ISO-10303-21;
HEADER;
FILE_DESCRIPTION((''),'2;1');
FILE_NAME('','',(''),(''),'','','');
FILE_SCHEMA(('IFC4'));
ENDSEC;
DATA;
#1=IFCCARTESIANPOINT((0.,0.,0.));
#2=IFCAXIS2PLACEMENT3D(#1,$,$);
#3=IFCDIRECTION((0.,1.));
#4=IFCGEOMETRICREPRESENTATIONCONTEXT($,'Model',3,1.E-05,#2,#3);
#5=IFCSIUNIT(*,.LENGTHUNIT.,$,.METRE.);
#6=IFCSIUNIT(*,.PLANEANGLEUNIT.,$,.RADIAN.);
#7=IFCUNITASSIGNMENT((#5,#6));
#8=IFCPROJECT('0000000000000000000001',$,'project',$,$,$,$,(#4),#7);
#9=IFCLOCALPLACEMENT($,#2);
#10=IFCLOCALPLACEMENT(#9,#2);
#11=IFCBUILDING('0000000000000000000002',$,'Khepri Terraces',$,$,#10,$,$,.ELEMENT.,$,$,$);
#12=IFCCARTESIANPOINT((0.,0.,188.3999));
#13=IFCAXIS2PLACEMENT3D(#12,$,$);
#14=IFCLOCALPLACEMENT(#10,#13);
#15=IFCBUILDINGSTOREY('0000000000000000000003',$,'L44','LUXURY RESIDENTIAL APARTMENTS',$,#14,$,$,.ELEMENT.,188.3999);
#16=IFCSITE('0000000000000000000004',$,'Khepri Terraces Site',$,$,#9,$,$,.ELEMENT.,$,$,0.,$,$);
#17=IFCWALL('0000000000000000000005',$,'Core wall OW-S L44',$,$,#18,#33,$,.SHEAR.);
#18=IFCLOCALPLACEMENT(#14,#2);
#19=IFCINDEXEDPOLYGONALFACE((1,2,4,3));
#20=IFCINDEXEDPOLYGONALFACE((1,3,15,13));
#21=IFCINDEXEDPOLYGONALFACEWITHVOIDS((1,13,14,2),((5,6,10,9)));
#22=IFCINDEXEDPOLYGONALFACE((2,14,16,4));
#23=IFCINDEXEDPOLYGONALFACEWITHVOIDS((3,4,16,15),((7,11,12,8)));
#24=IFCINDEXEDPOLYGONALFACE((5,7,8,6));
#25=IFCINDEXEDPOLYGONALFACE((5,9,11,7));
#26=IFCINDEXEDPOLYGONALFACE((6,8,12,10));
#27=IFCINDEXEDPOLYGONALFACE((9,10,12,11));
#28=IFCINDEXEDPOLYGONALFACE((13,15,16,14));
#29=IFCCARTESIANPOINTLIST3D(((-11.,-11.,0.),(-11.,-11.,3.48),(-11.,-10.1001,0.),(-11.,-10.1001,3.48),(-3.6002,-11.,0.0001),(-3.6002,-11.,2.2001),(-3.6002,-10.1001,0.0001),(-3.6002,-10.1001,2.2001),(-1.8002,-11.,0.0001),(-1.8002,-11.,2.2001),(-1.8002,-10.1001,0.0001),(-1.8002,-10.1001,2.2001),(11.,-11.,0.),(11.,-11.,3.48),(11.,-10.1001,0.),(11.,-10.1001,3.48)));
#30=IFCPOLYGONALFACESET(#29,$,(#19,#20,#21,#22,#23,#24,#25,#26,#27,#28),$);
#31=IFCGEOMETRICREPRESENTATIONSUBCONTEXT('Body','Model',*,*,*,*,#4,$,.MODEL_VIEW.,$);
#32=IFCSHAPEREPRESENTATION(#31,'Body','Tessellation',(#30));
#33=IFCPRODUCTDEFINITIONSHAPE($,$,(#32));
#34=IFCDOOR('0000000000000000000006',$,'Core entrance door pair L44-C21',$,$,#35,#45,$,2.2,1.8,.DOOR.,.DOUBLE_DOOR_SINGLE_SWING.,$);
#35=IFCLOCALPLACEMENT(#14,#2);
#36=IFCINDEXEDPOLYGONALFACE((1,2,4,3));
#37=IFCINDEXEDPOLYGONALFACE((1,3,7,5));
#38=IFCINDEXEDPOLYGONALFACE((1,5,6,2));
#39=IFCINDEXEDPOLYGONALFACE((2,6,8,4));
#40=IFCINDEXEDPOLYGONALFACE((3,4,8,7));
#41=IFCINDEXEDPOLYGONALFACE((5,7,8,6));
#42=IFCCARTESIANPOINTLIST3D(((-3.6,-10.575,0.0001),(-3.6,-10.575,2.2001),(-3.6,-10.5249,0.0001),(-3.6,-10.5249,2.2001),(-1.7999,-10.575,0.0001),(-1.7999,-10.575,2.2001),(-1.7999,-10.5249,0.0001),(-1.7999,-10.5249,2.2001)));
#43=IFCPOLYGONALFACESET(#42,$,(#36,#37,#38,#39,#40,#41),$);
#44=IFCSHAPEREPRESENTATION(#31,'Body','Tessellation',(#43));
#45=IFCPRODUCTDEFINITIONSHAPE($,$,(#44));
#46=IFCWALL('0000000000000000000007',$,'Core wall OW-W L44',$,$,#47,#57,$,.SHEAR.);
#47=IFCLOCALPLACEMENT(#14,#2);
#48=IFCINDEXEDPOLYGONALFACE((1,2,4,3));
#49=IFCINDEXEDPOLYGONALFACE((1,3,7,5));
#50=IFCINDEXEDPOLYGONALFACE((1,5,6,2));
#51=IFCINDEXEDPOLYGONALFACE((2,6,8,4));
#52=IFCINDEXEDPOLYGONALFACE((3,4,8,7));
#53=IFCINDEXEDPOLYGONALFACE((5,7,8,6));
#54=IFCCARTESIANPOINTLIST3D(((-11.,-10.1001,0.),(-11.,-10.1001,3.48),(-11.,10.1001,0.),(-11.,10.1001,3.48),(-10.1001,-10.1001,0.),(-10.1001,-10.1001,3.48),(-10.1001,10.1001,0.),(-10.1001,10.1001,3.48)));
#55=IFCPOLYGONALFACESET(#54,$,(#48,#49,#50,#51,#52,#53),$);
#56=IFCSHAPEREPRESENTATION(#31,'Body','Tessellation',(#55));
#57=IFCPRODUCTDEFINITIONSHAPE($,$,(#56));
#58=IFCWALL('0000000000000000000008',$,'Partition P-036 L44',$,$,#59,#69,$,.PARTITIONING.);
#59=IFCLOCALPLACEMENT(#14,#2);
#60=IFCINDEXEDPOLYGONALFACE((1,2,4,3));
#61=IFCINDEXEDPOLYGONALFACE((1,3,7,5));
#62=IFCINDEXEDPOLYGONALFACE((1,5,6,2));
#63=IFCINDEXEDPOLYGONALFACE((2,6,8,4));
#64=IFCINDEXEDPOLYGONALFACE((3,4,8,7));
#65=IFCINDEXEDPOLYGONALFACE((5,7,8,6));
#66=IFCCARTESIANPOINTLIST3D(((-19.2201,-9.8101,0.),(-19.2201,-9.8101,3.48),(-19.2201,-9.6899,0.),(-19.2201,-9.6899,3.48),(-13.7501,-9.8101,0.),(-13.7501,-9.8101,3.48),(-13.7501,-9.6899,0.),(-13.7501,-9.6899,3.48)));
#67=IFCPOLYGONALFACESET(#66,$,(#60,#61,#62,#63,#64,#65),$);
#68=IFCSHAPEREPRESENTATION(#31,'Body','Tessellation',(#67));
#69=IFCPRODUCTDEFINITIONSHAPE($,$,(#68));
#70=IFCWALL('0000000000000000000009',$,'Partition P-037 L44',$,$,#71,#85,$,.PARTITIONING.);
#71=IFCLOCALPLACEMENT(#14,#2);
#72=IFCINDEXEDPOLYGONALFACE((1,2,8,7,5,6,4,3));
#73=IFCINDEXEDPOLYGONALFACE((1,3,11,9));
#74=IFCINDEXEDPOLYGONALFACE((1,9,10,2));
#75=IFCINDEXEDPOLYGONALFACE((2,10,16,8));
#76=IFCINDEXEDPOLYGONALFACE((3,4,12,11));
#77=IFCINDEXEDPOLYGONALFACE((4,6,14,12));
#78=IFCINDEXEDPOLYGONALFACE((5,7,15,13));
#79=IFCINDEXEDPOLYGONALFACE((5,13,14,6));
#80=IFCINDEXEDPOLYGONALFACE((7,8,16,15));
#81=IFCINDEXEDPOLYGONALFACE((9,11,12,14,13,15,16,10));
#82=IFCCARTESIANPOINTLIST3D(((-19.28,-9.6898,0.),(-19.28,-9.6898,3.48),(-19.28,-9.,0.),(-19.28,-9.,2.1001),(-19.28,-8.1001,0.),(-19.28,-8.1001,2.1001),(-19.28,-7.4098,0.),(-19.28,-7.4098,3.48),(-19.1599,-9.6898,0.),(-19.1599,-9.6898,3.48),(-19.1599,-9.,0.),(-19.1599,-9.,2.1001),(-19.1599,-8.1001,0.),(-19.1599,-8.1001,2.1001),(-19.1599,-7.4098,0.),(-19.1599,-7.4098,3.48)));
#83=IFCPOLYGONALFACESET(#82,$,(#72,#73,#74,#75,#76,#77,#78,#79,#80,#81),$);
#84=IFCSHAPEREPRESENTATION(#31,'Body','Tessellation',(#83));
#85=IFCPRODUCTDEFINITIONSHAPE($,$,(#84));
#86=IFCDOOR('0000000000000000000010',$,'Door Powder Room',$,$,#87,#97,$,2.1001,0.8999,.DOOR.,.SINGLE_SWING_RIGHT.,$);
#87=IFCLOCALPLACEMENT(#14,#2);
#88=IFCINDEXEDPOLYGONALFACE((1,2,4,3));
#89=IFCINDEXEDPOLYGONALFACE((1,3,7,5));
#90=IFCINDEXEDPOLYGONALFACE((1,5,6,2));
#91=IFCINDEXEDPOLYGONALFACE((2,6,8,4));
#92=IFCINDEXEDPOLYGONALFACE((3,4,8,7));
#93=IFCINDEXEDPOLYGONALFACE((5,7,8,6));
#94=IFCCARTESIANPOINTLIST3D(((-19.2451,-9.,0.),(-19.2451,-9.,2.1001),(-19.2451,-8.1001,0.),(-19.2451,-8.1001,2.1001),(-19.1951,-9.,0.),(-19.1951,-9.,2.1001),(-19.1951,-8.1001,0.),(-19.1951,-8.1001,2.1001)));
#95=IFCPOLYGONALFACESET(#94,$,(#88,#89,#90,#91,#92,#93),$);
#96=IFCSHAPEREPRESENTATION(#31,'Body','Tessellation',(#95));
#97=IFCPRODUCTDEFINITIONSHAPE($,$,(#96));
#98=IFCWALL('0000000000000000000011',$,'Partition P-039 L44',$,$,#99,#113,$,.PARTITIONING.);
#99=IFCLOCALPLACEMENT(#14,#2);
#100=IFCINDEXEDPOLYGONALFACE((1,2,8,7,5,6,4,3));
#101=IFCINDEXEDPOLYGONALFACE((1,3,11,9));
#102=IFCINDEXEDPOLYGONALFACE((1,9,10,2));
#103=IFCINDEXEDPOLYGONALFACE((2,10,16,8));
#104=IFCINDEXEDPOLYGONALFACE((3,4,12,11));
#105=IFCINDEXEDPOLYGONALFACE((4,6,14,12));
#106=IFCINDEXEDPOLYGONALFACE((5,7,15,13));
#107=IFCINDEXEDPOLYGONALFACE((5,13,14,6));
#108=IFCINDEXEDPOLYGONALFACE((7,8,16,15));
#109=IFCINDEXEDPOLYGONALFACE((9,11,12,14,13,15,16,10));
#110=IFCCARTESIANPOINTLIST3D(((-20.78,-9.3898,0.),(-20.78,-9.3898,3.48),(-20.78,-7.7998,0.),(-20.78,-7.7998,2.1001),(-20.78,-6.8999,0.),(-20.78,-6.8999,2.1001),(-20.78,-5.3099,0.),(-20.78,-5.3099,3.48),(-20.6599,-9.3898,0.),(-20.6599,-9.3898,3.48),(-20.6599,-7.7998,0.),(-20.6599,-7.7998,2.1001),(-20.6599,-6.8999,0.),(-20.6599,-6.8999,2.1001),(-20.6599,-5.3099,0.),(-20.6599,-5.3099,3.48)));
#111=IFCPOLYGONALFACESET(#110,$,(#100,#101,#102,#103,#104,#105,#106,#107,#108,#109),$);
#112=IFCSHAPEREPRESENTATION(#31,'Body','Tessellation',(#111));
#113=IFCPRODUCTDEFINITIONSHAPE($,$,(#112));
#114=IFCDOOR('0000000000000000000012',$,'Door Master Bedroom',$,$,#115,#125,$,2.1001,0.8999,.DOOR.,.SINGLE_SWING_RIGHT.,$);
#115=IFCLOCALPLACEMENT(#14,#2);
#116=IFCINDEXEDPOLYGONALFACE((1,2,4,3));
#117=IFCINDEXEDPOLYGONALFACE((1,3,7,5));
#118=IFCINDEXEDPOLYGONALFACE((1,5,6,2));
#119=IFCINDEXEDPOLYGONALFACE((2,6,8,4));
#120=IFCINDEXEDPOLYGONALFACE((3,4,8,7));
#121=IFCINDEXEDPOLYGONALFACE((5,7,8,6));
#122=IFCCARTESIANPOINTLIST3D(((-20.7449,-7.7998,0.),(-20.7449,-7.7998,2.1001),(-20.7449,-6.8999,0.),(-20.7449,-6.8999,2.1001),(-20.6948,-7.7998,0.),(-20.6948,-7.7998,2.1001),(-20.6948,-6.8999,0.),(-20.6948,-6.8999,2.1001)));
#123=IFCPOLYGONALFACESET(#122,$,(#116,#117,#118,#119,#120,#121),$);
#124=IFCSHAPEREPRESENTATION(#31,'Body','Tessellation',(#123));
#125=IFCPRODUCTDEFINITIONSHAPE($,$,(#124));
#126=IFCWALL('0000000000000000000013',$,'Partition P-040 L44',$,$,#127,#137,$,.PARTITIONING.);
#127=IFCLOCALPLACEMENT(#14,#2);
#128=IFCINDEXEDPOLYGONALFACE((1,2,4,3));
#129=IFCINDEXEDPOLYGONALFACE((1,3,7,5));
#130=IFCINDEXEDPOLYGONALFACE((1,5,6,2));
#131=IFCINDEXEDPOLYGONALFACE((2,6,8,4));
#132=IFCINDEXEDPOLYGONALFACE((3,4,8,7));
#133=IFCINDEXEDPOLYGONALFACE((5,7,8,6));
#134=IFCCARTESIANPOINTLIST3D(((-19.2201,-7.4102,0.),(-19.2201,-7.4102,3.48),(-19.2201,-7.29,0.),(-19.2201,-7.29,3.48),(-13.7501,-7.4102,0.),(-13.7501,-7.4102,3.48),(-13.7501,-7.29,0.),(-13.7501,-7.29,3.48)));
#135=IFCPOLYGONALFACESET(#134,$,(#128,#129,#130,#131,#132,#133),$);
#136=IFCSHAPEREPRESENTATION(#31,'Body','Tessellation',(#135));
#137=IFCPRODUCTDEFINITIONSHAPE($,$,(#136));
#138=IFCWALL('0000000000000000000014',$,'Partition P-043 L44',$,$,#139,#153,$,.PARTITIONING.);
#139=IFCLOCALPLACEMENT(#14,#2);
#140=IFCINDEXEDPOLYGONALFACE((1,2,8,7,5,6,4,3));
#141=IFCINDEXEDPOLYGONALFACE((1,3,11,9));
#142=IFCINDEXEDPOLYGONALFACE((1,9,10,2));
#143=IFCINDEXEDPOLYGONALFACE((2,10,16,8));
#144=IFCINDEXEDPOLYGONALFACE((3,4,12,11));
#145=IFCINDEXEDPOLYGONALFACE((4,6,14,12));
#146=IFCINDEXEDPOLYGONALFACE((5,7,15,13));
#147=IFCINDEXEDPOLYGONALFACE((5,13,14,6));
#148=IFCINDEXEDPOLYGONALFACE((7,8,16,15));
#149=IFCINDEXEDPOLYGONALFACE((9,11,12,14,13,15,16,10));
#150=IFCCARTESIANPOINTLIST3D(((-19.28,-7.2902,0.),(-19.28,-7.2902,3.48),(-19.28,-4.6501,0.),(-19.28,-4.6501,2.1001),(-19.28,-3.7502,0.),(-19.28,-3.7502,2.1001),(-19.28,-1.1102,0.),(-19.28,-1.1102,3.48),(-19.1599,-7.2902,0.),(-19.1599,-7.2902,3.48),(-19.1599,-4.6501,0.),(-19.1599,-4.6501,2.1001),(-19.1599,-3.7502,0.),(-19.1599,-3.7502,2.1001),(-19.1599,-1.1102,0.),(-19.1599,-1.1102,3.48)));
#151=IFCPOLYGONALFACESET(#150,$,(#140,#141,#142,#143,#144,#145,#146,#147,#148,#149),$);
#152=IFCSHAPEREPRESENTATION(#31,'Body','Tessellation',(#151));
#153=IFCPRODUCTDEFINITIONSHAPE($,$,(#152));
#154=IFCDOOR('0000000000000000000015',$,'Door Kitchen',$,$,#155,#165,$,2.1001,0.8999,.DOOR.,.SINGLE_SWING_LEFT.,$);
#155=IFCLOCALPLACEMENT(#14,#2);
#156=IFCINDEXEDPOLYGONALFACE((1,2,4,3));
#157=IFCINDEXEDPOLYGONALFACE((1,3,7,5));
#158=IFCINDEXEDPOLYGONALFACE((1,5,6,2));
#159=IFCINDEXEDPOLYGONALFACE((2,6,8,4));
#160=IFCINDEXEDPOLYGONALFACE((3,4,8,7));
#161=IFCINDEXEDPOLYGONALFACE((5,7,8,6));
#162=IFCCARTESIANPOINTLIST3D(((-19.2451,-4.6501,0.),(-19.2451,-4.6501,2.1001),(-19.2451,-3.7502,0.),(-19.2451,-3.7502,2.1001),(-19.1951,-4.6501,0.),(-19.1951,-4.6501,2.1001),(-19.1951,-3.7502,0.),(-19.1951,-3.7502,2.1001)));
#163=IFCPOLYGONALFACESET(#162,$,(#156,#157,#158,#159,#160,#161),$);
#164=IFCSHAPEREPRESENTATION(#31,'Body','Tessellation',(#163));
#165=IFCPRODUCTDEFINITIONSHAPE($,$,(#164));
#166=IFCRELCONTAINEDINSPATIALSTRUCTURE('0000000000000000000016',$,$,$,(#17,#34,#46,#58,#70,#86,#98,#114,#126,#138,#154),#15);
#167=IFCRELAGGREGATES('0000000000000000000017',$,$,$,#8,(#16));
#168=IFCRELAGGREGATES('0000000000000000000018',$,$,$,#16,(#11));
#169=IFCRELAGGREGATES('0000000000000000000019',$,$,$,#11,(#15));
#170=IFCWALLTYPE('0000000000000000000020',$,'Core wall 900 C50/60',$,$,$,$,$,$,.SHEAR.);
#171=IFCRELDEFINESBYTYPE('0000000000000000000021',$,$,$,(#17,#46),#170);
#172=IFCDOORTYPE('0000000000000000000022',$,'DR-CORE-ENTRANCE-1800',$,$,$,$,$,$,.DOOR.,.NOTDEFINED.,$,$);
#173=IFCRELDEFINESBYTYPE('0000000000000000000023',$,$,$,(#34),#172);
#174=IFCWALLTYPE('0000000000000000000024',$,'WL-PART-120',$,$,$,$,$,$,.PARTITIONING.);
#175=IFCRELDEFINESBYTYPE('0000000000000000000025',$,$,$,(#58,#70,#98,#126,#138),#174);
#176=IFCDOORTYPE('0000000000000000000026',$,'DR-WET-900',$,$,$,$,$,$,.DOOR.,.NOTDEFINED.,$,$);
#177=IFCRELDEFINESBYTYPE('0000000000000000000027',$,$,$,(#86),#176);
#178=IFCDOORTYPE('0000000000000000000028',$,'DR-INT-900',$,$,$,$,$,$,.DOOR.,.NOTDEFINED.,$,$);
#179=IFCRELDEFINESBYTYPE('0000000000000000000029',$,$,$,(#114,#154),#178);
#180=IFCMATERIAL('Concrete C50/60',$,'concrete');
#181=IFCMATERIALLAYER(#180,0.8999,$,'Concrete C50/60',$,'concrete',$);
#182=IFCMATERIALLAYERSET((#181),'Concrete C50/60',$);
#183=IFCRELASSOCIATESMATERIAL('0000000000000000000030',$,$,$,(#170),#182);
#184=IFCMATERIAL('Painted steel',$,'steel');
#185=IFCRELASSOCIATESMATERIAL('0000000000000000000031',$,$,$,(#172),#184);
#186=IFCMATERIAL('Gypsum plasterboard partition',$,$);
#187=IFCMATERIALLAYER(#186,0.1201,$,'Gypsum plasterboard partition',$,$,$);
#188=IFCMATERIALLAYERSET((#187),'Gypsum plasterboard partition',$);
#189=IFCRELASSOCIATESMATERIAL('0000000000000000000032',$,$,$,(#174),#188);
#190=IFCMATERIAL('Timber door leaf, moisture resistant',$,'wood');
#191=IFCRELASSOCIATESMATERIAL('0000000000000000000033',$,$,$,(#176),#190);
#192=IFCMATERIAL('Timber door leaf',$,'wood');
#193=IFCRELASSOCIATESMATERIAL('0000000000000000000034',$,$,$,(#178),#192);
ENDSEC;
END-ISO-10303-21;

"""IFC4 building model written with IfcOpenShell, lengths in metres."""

from ifc_helpers import new_model, si_unit, direction, frame, frame_2d, origin, place, context, subcontext, project, spatial, rectangle, extrude, material, layer, layer_set, type_object, element, fill, save


model = new_model("IFC4")

# Units and contexts
model_context = context("Model", 3, precision=1e-05, world=origin(), true_north=direction((0.0, 1.0)))
body_context = subcontext(model_context, "Body", "Model", "MODEL_VIEW")
ifc_project = project(units=[si_unit("LENGTHUNIT", "METRE"), si_unit("PLANEANGLEUNIT", "RADIAN")], contexts=[model_context])

# Site, building, storey
site_placement = place(None, origin())
site = spatial("IfcSite", under=ifc_project, at=site_placement, Name="Khepri Terraces Site", CompositionType="ELEMENT", RefElevation=0.0)
building_placement = place(site_placement, origin())
building = spatial("IfcBuilding", under=site, at=building_placement, Name="Khepri Terraces", CompositionType="ELEMENT")
storey_placement = place(building_placement, frame((0.0, 0.0, 188.3999)))
storey = spatial("IfcBuildingStorey", under=building, at=storey_placement, Name="L44", Description="LUXURY RESIDENTIAL APARTMENTS", CompositionType="ELEMENT", Elevation=188.3999)

# Wall, opening, door
ifc_material_1 = material(Name="Concrete C50/60", Category="concrete")
ifc_layer_1 = layer(ifc_material_1, 0.8999, Name="Concrete C50/60", Category="concrete")
ifc_layer_set_1 = layer_set([ifc_layer_1], Name="Concrete C50/60")
wall_type_1 = type_object("IfcWallType", Name="Core wall 900 C50/60", PredefinedType="SHEAR", material=ifc_layer_set_1)
wall_1_placement = place(storey_placement, frame((-11.0, -10.55, 0.0), z_axis=(0.0, 0.0, 1.0), x_axis=(1.0, 0.0, 0.0)))
wall_1 = element("IfcWall", 1, at=wall_1_placement, inside=storey, type_object=wall_type_1, Name="Core wall OW-S L44", PredefinedType="SHEAR", context=body_context, shape_type="SweptSolid", body=[
    extrude(rectangle(XDim=22.0, YDim=0.8999, at=frame_2d((11.0, 0.0))), origin(), (0.0, 0.0, 1.0), 3.48),
])
opening_1_placement = place(wall_1_placement, frame((7.3999, 0.0, 0.0)))
opening_1 = element("IfcOpeningElement", 2, at=opening_1_placement, cuts=wall_1, PredefinedType="OPENING", context=body_context, shape_type="SweptSolid", body=[
    extrude(rectangle(XDim=1.8, YDim=2.2, at=frame_2d((0.8999, 1.1001))), frame((0.0, 0.46, 0.0), z_axis=(0.0, -1.0, 0.0), x_axis=(1.0, 0.0, 0.0)), (0.0, 0.0, 1.0), 0.9199),
])
ifc_material_2 = material(Name="Painted steel", Category="steel")
door_type_1 = type_object("IfcDoorType", Name="DR-CORE-ENTRANCE-1800", OperationType="NOTDEFINED", PredefinedType="DOOR", material=ifc_material_2)
door_1_placement = place(opening_1_placement, frame((1.8, 0.0, 0.0), z_axis=(0.0, 0.0, 1.0), x_axis=(-1.0, 0.0, 0.0)))
door_1 = element("IfcDoor", 3, at=door_1_placement, inside=storey, type_object=door_type_1, Name="Core entrance door pair L44-C21", OperationType="DOUBLE_DOOR_SINGLE_SWING", OverallHeight=2.2, OverallWidth=1.8, PredefinedType="DOOR", context=body_context, shape_type="SweptSolid", body=[
    extrude(rectangle(XDim=1.8, YDim=2.2, at=frame_2d((0.8999, 1.1001))), frame((0.0, 0.0249, 0.0), z_axis=(0.0, -1.0, 0.0), x_axis=(1.0, 0.0, 0.0)), (0.0, 0.0, 1.0), 0.05),
])
fill(opening_1, door_1)

# Walls
wall_2_placement = place(storey_placement, frame((-10.55, -10.1001, 0.0), z_axis=(0.0, 0.0, 1.0), x_axis=(0.0, 1.0, 0.0)))
element("IfcWall", 4, at=wall_2_placement, inside=storey, type_object=wall_type_1, Name="Core wall OW-W L44", PredefinedType="SHEAR", context=body_context, shape_type="SweptSolid", body=[
    extrude(rectangle(XDim=20.2002, YDim=0.8999, at=frame_2d((10.1001, 0.0))), origin(), (0.0, 0.0, 1.0), 3.48),
])
ifc_material_3 = material(Name="Gypsum plasterboard partition")
ifc_layer_2 = layer(ifc_material_3, 0.1201, Name="Gypsum plasterboard partition")
ifc_layer_set_2 = layer_set([ifc_layer_2], Name="Gypsum plasterboard partition")
wall_type_2 = type_object("IfcWallType", Name="WL-PART-120", PredefinedType="PARTITIONING", material=ifc_layer_set_2)
wall_3_placement = place(storey_placement, frame((-19.22, -9.75, 0.0), z_axis=(0.0, 0.0, 1.0), x_axis=(1.0, 0.0, 0.0)))
element("IfcWall", 5, at=wall_3_placement, inside=storey, type_object=wall_type_2, Name="Partition P-036 L44", PredefinedType="PARTITIONING", context=body_context, shape_type="SweptSolid", body=[
    extrude(rectangle(XDim=5.47, YDim=0.1201, at=frame_2d((2.7349, 0.0))), origin(), (0.0, 0.0, 1.0), 3.48),
])

# Walls, openings, doors
wall_4_placement = place(storey_placement, frame((-19.22, -9.6899, 0.0), z_axis=(0.0, 0.0, 1.0), x_axis=(0.0, 1.0, 0.0)))
wall_4 = element("IfcWall", 6, at=wall_4_placement, inside=storey, type_object=wall_type_2, Name="Partition P-037 L44", PredefinedType="PARTITIONING", context=body_context, shape_type="SweptSolid", body=[
    extrude(rectangle(XDim=2.28, YDim=0.1201, at=frame_2d((1.1401, 0.0))), origin(), (0.0, 0.0, 1.0), 3.48),
])
opening_2_placement = place(wall_4_placement, frame((0.6899, 0.0, 0.0)))
opening_2 = element("IfcOpeningElement", 7, at=opening_2_placement, cuts=wall_4, PredefinedType="OPENING", context=body_context, shape_type="SweptSolid", body=[
    extrude(rectangle(XDim=0.8999, YDim=2.1001, at=frame_2d((0.45, 1.05))), frame((0.0, 0.0701, 0.0), z_axis=(0.0, -1.0, 0.0), x_axis=(1.0, 0.0, 0.0)), (0.0, 0.0, 1.0), 0.1401),
])
ifc_material_4 = material(Name="Timber door leaf, moisture resistant", Category="wood")
door_type_2 = type_object("IfcDoorType", Name="DR-WET-900", OperationType="NOTDEFINED", PredefinedType="DOOR", material=ifc_material_4)
door_2_placement = place(opening_2_placement, frame((0.8999, 0.0, 0.0), z_axis=(0.0, 0.0, 1.0), x_axis=(-1.0, 0.0, 0.0)))
door_2 = element("IfcDoor", 8, at=door_2_placement, inside=storey, type_object=door_type_2, Name="Door Powder Room", OperationType="SINGLE_SWING_RIGHT", OverallHeight=2.1001, OverallWidth=0.8999, PredefinedType="DOOR", context=body_context, shape_type="SweptSolid", body=[
    extrude(rectangle(XDim=0.8999, YDim=2.1001, at=frame_2d((0.45, 1.05))), frame((0.0, 0.0249, 0.0), z_axis=(0.0, -1.0, 0.0), x_axis=(1.0, 0.0, 0.0)), (0.0, 0.0, 1.0), 0.05),
])
fill(opening_2, door_2)
wall_5_placement = place(storey_placement, frame((-20.72, -9.3899, 0.0), z_axis=(0.0, 0.0, 1.0), x_axis=(0.0, 1.0, 0.0)))
wall_5 = element("IfcWall", 9, at=wall_5_placement, inside=storey, type_object=wall_type_2, Name="Partition P-039 L44", PredefinedType="PARTITIONING", context=body_context, shape_type="SweptSolid", body=[
    extrude(rectangle(XDim=4.0798, YDim=0.1201, at=frame_2d((2.04, 0.0))), origin(), (0.0, 0.0, 1.0), 3.48),
])
opening_3_placement = place(wall_5_placement, frame((1.5901, 0.0, 0.0)))
opening_3 = element("IfcOpeningElement", 10, at=opening_3_placement, cuts=wall_5, PredefinedType="OPENING", context=body_context, shape_type="SweptSolid", body=[
    extrude(rectangle(XDim=0.8999, YDim=2.1001, at=frame_2d((0.45, 1.05))), frame((0.0, 0.0701, 0.0), z_axis=(0.0, -1.0, 0.0), x_axis=(1.0, 0.0, 0.0)), (0.0, 0.0, 1.0), 0.1401),
])
ifc_material_5 = material(Name="Timber door leaf", Category="wood")
door_type_3 = type_object("IfcDoorType", Name="DR-INT-900", OperationType="NOTDEFINED", PredefinedType="DOOR", material=ifc_material_5)
door_3_placement = place(opening_3_placement, origin())
door_3 = element("IfcDoor", 11, at=door_3_placement, inside=storey, type_object=door_type_3, Name="Door Master Bedroom", OperationType="SINGLE_SWING_RIGHT", OverallHeight=2.1001, OverallWidth=0.8999, PredefinedType="DOOR", context=body_context, shape_type="SweptSolid", body=[
    extrude(rectangle(XDim=0.8999, YDim=2.1001, at=frame_2d((0.45, 1.05))), frame((0.0, 0.0249, 0.0), z_axis=(0.0, -1.0, 0.0), x_axis=(1.0, 0.0, 0.0)), (0.0, 0.0, 1.0), 0.05),
])
fill(opening_3, door_3)

# Wall
wall_6_placement = place(storey_placement, frame((-19.22, -7.3501, 0.0), z_axis=(0.0, 0.0, 1.0), x_axis=(1.0, 0.0, 0.0)))
element("IfcWall", 12, at=wall_6_placement, inside=storey, type_object=wall_type_2, Name="Partition P-040 L44", PredefinedType="PARTITIONING", context=body_context, shape_type="SweptSolid", body=[
    extrude(rectangle(XDim=5.47, YDim=0.1201, at=frame_2d((2.7349, 0.0))), origin(), (0.0, 0.0, 1.0), 3.48),
])

# Wall, opening, door
wall_7_placement = place(storey_placement, frame((-19.22, -7.29, 0.0), z_axis=(0.0, 0.0, 1.0), x_axis=(0.0, 1.0, 0.0)))
wall_7 = element("IfcWall", 13, at=wall_7_placement, inside=storey, type_object=wall_type_2, Name="Partition P-043 L44", PredefinedType="PARTITIONING", context=body_context, shape_type="SweptSolid", body=[
    extrude(rectangle(XDim=6.1799, YDim=0.1201, at=frame_2d((3.0898, 0.0))), origin(), (0.0, 0.0, 1.0), 3.48),
])
opening_4_placement = place(wall_7_placement, frame((2.6399, 0.0, 0.0)))
opening_4 = element("IfcOpeningElement", 14, at=opening_4_placement, cuts=wall_7, PredefinedType="OPENING", context=body_context, shape_type="SweptSolid", body=[
    extrude(rectangle(XDim=0.8999, YDim=2.1001, at=frame_2d((0.45, 1.05))), frame((0.0, 0.0701, 0.0), z_axis=(0.0, -1.0, 0.0), x_axis=(1.0, 0.0, 0.0)), (0.0, 0.0, 1.0), 0.1401),
])
door_4_placement = place(opening_4_placement, frame((0.8999, 0.0, 0.0), z_axis=(0.0, 0.0, 1.0), x_axis=(-1.0, 0.0, 0.0)))
door_4 = element("IfcDoor", 15, at=door_4_placement, inside=storey, type_object=door_type_3, Name="Door Kitchen", OperationType="SINGLE_SWING_LEFT", OverallHeight=2.1001, OverallWidth=0.8999, PredefinedType="DOOR", context=body_context, shape_type="SweptSolid", body=[
    extrude(rectangle(XDim=0.8999, YDim=2.1001, at=frame_2d((0.45, 1.05))), frame((0.0, 0.0249, 0.0), z_axis=(0.0, -1.0, 0.0), x_axis=(1.0, 0.0, 0.0)), (0.0, 0.0, 1.0), 0.05),
])
fill(opening_4, door_4)

save(model, "model.ifc")
